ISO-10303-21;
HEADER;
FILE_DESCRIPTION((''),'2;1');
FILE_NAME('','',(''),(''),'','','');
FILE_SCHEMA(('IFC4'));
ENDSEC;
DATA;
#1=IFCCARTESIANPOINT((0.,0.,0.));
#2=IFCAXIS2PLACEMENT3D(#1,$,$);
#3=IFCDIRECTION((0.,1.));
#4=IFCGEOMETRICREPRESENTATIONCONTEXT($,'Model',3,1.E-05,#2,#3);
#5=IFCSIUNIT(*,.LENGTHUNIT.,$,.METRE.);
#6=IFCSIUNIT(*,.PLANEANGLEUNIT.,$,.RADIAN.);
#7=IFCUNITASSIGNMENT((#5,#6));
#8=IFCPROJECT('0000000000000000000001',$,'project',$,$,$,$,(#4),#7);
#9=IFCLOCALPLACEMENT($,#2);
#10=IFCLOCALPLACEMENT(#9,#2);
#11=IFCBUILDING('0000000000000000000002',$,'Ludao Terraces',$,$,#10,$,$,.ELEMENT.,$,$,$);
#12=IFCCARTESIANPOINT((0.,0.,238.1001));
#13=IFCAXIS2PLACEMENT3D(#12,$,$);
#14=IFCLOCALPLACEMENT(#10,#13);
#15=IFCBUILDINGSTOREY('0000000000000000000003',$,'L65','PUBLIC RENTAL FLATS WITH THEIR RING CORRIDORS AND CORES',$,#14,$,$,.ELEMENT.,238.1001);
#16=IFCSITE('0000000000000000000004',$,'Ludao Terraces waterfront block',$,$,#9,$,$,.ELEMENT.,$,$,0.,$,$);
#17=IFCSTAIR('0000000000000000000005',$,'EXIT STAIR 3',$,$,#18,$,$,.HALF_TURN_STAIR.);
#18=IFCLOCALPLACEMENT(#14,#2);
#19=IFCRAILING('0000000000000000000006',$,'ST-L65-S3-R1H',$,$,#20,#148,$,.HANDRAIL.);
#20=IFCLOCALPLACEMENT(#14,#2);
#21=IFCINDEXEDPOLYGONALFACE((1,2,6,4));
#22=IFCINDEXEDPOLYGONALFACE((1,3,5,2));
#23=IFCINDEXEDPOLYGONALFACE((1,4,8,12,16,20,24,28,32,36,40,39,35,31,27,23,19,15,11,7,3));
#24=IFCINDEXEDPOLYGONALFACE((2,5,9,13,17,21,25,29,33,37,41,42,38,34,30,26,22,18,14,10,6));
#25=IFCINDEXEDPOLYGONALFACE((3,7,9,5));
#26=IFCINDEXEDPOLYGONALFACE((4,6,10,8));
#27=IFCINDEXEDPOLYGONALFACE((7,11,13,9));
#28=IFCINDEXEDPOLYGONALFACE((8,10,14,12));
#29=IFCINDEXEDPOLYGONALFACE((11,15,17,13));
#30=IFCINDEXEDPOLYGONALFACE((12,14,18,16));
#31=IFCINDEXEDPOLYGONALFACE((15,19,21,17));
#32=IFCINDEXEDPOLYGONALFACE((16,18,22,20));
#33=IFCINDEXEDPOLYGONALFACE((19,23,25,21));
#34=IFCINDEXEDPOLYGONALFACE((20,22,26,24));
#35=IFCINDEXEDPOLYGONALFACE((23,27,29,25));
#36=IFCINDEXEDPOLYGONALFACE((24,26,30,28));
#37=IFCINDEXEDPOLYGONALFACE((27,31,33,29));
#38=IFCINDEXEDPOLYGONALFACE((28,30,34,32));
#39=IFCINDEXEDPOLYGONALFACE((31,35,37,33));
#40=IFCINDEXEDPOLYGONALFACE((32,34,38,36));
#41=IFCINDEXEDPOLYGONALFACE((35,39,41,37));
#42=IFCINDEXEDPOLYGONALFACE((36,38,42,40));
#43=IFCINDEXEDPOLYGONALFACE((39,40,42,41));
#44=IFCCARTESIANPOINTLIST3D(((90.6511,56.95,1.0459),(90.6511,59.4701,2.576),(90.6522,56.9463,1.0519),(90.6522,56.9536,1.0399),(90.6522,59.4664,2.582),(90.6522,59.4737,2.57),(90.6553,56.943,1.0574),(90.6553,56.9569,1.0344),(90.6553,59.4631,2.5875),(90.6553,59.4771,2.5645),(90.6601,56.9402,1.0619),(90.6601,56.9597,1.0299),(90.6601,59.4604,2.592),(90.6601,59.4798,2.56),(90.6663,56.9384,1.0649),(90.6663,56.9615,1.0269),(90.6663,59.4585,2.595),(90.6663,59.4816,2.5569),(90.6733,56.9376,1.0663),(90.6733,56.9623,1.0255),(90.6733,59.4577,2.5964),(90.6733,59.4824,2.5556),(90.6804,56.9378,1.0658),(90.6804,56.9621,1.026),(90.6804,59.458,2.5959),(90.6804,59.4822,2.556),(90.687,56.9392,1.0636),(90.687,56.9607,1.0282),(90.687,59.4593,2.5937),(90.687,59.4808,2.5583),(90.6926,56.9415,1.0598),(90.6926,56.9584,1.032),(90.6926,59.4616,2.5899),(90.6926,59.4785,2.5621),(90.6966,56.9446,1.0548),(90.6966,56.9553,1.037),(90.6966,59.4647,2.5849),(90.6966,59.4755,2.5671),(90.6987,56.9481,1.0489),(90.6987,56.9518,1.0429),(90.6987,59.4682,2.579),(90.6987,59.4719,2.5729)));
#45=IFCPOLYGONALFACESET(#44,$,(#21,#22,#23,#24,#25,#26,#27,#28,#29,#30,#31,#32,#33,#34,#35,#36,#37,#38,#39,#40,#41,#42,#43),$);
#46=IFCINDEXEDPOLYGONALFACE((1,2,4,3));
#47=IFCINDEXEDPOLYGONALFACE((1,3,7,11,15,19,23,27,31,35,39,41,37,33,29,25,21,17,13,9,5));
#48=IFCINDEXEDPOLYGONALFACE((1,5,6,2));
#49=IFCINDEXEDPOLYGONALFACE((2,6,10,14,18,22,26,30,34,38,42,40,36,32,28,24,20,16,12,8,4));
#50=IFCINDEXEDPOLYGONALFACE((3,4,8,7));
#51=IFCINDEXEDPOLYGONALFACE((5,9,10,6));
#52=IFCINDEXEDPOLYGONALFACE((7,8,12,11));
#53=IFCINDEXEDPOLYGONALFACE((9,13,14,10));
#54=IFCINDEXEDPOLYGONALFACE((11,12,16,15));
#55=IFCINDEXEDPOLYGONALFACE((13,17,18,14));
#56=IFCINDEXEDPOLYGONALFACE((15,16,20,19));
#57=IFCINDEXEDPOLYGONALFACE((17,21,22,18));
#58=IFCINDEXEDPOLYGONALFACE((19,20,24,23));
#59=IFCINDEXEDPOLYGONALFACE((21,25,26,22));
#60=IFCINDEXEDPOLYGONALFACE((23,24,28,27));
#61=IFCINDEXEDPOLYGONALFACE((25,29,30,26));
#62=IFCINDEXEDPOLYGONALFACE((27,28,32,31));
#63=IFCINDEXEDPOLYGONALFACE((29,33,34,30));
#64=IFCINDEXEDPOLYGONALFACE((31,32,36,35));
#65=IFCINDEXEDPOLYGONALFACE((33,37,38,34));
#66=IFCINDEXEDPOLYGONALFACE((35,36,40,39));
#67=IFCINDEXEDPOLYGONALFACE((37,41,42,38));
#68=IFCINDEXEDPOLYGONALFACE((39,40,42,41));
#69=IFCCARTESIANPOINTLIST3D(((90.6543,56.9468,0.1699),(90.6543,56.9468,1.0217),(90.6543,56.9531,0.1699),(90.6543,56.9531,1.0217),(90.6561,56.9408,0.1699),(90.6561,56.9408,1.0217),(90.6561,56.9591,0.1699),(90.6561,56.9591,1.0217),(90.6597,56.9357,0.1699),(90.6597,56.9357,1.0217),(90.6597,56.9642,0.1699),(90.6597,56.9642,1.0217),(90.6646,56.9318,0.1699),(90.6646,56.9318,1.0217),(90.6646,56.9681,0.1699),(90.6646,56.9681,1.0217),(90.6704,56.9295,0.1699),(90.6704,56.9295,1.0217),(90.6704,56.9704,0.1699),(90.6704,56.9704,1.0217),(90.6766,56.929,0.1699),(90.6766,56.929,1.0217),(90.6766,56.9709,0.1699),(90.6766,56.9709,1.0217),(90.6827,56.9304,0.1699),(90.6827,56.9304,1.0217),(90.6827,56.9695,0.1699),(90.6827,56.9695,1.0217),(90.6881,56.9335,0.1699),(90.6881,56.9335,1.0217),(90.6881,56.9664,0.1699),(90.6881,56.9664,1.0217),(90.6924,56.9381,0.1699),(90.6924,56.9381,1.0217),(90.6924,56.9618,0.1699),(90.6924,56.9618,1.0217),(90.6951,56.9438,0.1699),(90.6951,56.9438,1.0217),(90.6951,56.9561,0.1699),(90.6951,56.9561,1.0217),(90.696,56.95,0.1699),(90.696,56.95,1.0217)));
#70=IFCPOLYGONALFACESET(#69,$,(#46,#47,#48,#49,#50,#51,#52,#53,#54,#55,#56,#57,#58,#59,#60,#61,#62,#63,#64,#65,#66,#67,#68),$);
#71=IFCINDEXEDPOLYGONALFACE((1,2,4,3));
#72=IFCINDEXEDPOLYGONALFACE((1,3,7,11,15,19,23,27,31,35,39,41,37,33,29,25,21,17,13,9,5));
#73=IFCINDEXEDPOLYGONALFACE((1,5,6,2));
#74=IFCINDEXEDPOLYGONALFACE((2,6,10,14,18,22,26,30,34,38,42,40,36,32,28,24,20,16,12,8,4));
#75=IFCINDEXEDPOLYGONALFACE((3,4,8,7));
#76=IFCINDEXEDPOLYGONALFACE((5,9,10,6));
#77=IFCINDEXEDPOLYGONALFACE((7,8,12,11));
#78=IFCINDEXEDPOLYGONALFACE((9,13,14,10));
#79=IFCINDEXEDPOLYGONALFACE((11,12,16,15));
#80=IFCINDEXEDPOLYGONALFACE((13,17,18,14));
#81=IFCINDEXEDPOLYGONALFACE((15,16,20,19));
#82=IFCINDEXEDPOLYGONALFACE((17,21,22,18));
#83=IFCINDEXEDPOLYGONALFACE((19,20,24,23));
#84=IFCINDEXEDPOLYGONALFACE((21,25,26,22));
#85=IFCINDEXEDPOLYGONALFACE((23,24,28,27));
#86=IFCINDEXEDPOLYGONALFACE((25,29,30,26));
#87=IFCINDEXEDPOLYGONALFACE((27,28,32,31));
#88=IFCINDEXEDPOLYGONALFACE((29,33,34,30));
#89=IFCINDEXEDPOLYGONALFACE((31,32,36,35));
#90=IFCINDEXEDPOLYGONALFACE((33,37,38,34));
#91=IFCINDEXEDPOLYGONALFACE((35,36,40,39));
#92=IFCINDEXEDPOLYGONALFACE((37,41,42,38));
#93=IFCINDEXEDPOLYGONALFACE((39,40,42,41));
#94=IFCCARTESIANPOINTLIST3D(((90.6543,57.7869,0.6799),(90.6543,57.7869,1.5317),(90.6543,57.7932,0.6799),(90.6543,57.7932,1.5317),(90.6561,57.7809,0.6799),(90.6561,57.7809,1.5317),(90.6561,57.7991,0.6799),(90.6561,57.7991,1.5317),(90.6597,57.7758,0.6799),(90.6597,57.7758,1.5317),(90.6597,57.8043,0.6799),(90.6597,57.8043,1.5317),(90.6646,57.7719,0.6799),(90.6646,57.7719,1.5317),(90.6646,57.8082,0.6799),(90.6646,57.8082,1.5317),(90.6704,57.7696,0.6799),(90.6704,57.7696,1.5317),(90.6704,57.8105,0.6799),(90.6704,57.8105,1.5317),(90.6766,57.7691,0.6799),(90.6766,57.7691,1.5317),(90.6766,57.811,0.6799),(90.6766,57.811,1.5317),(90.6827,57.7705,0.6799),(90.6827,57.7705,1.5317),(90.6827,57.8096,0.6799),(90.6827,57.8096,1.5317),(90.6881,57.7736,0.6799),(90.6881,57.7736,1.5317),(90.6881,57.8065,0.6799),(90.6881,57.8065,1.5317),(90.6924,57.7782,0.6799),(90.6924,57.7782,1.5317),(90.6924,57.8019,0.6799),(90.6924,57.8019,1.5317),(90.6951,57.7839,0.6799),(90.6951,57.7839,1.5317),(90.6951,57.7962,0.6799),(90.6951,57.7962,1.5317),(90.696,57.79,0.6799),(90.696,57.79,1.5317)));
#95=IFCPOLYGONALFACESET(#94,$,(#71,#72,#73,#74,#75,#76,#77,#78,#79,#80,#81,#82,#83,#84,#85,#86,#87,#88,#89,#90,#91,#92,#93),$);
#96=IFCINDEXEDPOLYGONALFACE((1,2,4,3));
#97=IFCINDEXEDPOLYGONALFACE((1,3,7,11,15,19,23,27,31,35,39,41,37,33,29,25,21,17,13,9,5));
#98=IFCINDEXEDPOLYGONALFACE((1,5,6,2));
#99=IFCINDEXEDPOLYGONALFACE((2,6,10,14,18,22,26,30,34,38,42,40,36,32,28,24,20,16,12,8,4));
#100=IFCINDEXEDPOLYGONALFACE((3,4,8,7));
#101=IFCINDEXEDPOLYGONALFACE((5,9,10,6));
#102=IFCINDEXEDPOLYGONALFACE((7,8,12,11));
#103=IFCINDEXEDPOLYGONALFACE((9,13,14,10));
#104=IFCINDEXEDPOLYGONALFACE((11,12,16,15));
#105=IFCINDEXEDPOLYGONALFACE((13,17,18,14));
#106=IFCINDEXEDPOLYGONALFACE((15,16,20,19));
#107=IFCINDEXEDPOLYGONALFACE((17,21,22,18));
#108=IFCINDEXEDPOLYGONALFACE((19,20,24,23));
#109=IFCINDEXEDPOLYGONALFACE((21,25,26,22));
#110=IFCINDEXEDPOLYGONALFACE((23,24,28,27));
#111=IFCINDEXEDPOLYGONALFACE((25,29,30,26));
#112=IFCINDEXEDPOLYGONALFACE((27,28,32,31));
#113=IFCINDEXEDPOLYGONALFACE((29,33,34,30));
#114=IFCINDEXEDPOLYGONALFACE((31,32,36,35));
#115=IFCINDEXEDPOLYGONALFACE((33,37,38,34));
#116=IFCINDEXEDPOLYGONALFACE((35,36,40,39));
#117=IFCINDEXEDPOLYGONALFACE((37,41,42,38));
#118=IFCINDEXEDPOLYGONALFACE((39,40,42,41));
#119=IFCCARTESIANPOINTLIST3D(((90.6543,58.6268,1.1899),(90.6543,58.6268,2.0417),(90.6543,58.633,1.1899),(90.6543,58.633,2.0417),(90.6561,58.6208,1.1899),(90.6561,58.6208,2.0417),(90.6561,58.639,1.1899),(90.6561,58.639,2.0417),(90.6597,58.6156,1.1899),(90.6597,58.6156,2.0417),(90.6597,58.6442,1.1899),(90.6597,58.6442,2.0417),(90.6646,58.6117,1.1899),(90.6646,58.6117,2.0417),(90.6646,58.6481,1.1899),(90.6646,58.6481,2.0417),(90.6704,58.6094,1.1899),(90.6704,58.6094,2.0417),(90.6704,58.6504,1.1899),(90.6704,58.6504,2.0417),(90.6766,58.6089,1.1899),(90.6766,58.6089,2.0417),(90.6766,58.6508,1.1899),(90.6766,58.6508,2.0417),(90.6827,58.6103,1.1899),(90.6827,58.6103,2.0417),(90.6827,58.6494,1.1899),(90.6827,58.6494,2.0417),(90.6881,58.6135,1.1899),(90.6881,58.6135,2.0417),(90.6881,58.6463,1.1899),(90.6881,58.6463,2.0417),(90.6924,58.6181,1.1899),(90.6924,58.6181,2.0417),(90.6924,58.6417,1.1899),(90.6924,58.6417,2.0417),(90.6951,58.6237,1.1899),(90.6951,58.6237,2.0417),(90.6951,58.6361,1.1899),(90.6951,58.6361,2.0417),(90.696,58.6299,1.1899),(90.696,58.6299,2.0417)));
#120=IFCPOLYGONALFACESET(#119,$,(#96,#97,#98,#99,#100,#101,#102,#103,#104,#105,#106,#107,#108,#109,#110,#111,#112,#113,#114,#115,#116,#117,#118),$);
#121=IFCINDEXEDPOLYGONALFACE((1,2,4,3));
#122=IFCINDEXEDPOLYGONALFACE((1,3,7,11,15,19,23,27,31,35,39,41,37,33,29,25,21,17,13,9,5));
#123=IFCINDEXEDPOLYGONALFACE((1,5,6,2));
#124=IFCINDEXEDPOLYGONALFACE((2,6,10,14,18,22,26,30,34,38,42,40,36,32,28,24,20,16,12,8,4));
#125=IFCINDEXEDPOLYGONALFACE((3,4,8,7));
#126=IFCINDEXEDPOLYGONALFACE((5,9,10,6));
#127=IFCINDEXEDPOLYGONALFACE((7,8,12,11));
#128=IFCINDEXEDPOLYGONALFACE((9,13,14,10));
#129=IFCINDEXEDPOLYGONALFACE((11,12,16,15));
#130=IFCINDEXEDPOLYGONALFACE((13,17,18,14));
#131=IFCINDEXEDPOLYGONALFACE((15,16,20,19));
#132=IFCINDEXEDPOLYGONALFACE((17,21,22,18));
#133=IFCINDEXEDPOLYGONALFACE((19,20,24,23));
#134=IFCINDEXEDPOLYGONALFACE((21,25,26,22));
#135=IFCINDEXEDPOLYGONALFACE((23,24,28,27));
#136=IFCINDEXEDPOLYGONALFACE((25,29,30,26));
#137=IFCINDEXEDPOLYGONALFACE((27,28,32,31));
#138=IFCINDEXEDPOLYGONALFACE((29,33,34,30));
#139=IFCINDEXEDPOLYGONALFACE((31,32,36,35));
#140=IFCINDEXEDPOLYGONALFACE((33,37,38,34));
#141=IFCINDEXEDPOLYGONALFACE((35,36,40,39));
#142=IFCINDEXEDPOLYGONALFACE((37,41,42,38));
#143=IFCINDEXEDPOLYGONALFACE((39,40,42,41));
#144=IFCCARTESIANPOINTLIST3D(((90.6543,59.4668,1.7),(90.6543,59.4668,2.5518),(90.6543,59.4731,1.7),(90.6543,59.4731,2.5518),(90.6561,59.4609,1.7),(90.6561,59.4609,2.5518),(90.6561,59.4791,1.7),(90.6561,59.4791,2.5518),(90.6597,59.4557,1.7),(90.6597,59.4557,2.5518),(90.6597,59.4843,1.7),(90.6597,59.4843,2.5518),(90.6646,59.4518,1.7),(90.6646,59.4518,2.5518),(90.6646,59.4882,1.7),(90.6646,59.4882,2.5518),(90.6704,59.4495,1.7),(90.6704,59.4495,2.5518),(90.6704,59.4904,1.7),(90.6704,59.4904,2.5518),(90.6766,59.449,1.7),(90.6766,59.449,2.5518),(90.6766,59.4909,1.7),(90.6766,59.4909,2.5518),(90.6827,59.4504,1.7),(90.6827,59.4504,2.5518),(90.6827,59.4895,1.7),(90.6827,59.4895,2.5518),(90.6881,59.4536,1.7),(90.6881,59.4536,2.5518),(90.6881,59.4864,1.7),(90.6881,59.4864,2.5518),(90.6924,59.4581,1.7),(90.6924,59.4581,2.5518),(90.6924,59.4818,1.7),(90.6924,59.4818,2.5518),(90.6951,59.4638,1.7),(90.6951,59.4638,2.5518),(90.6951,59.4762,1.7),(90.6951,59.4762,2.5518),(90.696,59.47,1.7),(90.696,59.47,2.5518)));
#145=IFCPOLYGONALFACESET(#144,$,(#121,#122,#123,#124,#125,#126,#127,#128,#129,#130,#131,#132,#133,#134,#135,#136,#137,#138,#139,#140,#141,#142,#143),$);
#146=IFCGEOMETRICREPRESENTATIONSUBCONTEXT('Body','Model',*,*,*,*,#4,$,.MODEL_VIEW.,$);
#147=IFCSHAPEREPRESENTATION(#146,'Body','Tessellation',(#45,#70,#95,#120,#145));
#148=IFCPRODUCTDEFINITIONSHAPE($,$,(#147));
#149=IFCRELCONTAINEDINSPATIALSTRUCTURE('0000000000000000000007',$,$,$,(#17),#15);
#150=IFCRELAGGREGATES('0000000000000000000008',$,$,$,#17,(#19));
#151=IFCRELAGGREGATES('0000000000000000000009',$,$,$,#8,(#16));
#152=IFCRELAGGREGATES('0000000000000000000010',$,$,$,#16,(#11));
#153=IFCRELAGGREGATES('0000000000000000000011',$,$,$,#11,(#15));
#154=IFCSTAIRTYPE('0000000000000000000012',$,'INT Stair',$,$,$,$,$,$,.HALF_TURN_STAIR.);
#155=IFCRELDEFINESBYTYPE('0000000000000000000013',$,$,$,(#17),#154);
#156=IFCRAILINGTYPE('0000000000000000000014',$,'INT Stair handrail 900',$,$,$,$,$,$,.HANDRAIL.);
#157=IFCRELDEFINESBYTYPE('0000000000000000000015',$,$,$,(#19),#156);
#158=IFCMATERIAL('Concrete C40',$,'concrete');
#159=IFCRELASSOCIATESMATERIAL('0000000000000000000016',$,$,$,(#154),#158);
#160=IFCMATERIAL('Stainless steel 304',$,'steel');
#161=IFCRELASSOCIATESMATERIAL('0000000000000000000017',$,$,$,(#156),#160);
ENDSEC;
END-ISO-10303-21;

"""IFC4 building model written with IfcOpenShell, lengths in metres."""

from ifc_helpers import new_model, si_unit, direction, frame, origin, origin_2d, place, context, subcontext, project, spatial, circle, extrude, material, type_object, element, aggregate, save


model = new_model("IFC4")

# Units and contexts
model_context = context("Model", 3, precision=1e-05, world=origin(), true_north=direction((0.0, 1.0)))
body_context = subcontext(model_context, "Body", "Model", "MODEL_VIEW")
ifc_project = project(units=[si_unit("LENGTHUNIT", "METRE"), si_unit("PLANEANGLEUNIT", "RADIAN")], contexts=[model_context])

# Site, building, storey
site_placement = place(None, origin())
site = spatial("IfcSite", under=ifc_project, at=site_placement, Name="Ludao Terraces waterfront block", CompositionType="ELEMENT", RefElevation=0.0)
building_placement = place(site_placement, origin())
building = spatial("IfcBuilding", under=site, at=building_placement, Name="Ludao Terraces", CompositionType="ELEMENT")
storey_placement = place(building_placement, frame((0.0, 0.0, 238.1001)))
storey = spatial("IfcBuildingStorey", under=building, at=storey_placement, Name="L65", Description="PUBLIC RENTAL FLATS WITH THEIR RING CORRIDORS AND CORES", CompositionType="ELEMENT", Elevation=238.1001)

# Shared definitions
ifc_material_1 = material(Name="Concrete C40", Category="concrete")

# Stair, railing
stair_type = type_object("IfcStairType", Name="INT Stair", PredefinedType="HALF_TURN_STAIR", material=ifc_material_1)
stair_placement = place(storey_placement, origin())
stair = element("IfcStair", 1, at=stair_placement, inside=storey, type_object=stair_type, Name="EXIT STAIR 3", PredefinedType="HALF_TURN_STAIR")
ifc_material_2 = material(Name="Stainless steel 304", Category="steel")
railing_type_1 = type_object("IfcRailingType", Name="INT Stair handrail 900", PredefinedType="HANDRAIL", material=ifc_material_2)
railing_1_placement = place(storey_placement, frame((90.675, 56.95, 0.1699)))
railing_1 = element("IfcRailing", 2, at=railing_1_placement, type_object=railing_type_1, Name="ST-L65-S3-R1H", PredefinedType="HANDRAIL", context=body_context, shape_type="SweptSolid", body=[
    extrude(circle(Radius=0.0239, at=origin_2d()), frame((0.0, 0.0, 0.876), z_axis=(0.0, 0.854785, 0.518982), x_axis=(-1.0, 0.0, 0.0)), (0.0, 0.0, 1.0), 2.9482),
    extrude(circle(Radius=0.021, at=origin_2d()), origin(), (0.0, 0.0, 1.0), 0.8518),
    extrude(circle(Radius=0.021, at=origin_2d()), frame((0.0, 0.8401, 0.51)), (0.0, 0.0, 1.0), 0.8518),
    extrude(circle(Radius=0.021, at=origin_2d()), frame((0.0, 1.6799, 1.02)), (0.0, 0.0, 1.0), 0.8518),
    extrude(circle(Radius=0.021, at=origin_2d()), frame((0.0, 2.52, 1.53)), (0.0, 0.0, 1.0), 0.8518),
])
aggregate(stair, [railing_1])

save(model, "model.ifc")
